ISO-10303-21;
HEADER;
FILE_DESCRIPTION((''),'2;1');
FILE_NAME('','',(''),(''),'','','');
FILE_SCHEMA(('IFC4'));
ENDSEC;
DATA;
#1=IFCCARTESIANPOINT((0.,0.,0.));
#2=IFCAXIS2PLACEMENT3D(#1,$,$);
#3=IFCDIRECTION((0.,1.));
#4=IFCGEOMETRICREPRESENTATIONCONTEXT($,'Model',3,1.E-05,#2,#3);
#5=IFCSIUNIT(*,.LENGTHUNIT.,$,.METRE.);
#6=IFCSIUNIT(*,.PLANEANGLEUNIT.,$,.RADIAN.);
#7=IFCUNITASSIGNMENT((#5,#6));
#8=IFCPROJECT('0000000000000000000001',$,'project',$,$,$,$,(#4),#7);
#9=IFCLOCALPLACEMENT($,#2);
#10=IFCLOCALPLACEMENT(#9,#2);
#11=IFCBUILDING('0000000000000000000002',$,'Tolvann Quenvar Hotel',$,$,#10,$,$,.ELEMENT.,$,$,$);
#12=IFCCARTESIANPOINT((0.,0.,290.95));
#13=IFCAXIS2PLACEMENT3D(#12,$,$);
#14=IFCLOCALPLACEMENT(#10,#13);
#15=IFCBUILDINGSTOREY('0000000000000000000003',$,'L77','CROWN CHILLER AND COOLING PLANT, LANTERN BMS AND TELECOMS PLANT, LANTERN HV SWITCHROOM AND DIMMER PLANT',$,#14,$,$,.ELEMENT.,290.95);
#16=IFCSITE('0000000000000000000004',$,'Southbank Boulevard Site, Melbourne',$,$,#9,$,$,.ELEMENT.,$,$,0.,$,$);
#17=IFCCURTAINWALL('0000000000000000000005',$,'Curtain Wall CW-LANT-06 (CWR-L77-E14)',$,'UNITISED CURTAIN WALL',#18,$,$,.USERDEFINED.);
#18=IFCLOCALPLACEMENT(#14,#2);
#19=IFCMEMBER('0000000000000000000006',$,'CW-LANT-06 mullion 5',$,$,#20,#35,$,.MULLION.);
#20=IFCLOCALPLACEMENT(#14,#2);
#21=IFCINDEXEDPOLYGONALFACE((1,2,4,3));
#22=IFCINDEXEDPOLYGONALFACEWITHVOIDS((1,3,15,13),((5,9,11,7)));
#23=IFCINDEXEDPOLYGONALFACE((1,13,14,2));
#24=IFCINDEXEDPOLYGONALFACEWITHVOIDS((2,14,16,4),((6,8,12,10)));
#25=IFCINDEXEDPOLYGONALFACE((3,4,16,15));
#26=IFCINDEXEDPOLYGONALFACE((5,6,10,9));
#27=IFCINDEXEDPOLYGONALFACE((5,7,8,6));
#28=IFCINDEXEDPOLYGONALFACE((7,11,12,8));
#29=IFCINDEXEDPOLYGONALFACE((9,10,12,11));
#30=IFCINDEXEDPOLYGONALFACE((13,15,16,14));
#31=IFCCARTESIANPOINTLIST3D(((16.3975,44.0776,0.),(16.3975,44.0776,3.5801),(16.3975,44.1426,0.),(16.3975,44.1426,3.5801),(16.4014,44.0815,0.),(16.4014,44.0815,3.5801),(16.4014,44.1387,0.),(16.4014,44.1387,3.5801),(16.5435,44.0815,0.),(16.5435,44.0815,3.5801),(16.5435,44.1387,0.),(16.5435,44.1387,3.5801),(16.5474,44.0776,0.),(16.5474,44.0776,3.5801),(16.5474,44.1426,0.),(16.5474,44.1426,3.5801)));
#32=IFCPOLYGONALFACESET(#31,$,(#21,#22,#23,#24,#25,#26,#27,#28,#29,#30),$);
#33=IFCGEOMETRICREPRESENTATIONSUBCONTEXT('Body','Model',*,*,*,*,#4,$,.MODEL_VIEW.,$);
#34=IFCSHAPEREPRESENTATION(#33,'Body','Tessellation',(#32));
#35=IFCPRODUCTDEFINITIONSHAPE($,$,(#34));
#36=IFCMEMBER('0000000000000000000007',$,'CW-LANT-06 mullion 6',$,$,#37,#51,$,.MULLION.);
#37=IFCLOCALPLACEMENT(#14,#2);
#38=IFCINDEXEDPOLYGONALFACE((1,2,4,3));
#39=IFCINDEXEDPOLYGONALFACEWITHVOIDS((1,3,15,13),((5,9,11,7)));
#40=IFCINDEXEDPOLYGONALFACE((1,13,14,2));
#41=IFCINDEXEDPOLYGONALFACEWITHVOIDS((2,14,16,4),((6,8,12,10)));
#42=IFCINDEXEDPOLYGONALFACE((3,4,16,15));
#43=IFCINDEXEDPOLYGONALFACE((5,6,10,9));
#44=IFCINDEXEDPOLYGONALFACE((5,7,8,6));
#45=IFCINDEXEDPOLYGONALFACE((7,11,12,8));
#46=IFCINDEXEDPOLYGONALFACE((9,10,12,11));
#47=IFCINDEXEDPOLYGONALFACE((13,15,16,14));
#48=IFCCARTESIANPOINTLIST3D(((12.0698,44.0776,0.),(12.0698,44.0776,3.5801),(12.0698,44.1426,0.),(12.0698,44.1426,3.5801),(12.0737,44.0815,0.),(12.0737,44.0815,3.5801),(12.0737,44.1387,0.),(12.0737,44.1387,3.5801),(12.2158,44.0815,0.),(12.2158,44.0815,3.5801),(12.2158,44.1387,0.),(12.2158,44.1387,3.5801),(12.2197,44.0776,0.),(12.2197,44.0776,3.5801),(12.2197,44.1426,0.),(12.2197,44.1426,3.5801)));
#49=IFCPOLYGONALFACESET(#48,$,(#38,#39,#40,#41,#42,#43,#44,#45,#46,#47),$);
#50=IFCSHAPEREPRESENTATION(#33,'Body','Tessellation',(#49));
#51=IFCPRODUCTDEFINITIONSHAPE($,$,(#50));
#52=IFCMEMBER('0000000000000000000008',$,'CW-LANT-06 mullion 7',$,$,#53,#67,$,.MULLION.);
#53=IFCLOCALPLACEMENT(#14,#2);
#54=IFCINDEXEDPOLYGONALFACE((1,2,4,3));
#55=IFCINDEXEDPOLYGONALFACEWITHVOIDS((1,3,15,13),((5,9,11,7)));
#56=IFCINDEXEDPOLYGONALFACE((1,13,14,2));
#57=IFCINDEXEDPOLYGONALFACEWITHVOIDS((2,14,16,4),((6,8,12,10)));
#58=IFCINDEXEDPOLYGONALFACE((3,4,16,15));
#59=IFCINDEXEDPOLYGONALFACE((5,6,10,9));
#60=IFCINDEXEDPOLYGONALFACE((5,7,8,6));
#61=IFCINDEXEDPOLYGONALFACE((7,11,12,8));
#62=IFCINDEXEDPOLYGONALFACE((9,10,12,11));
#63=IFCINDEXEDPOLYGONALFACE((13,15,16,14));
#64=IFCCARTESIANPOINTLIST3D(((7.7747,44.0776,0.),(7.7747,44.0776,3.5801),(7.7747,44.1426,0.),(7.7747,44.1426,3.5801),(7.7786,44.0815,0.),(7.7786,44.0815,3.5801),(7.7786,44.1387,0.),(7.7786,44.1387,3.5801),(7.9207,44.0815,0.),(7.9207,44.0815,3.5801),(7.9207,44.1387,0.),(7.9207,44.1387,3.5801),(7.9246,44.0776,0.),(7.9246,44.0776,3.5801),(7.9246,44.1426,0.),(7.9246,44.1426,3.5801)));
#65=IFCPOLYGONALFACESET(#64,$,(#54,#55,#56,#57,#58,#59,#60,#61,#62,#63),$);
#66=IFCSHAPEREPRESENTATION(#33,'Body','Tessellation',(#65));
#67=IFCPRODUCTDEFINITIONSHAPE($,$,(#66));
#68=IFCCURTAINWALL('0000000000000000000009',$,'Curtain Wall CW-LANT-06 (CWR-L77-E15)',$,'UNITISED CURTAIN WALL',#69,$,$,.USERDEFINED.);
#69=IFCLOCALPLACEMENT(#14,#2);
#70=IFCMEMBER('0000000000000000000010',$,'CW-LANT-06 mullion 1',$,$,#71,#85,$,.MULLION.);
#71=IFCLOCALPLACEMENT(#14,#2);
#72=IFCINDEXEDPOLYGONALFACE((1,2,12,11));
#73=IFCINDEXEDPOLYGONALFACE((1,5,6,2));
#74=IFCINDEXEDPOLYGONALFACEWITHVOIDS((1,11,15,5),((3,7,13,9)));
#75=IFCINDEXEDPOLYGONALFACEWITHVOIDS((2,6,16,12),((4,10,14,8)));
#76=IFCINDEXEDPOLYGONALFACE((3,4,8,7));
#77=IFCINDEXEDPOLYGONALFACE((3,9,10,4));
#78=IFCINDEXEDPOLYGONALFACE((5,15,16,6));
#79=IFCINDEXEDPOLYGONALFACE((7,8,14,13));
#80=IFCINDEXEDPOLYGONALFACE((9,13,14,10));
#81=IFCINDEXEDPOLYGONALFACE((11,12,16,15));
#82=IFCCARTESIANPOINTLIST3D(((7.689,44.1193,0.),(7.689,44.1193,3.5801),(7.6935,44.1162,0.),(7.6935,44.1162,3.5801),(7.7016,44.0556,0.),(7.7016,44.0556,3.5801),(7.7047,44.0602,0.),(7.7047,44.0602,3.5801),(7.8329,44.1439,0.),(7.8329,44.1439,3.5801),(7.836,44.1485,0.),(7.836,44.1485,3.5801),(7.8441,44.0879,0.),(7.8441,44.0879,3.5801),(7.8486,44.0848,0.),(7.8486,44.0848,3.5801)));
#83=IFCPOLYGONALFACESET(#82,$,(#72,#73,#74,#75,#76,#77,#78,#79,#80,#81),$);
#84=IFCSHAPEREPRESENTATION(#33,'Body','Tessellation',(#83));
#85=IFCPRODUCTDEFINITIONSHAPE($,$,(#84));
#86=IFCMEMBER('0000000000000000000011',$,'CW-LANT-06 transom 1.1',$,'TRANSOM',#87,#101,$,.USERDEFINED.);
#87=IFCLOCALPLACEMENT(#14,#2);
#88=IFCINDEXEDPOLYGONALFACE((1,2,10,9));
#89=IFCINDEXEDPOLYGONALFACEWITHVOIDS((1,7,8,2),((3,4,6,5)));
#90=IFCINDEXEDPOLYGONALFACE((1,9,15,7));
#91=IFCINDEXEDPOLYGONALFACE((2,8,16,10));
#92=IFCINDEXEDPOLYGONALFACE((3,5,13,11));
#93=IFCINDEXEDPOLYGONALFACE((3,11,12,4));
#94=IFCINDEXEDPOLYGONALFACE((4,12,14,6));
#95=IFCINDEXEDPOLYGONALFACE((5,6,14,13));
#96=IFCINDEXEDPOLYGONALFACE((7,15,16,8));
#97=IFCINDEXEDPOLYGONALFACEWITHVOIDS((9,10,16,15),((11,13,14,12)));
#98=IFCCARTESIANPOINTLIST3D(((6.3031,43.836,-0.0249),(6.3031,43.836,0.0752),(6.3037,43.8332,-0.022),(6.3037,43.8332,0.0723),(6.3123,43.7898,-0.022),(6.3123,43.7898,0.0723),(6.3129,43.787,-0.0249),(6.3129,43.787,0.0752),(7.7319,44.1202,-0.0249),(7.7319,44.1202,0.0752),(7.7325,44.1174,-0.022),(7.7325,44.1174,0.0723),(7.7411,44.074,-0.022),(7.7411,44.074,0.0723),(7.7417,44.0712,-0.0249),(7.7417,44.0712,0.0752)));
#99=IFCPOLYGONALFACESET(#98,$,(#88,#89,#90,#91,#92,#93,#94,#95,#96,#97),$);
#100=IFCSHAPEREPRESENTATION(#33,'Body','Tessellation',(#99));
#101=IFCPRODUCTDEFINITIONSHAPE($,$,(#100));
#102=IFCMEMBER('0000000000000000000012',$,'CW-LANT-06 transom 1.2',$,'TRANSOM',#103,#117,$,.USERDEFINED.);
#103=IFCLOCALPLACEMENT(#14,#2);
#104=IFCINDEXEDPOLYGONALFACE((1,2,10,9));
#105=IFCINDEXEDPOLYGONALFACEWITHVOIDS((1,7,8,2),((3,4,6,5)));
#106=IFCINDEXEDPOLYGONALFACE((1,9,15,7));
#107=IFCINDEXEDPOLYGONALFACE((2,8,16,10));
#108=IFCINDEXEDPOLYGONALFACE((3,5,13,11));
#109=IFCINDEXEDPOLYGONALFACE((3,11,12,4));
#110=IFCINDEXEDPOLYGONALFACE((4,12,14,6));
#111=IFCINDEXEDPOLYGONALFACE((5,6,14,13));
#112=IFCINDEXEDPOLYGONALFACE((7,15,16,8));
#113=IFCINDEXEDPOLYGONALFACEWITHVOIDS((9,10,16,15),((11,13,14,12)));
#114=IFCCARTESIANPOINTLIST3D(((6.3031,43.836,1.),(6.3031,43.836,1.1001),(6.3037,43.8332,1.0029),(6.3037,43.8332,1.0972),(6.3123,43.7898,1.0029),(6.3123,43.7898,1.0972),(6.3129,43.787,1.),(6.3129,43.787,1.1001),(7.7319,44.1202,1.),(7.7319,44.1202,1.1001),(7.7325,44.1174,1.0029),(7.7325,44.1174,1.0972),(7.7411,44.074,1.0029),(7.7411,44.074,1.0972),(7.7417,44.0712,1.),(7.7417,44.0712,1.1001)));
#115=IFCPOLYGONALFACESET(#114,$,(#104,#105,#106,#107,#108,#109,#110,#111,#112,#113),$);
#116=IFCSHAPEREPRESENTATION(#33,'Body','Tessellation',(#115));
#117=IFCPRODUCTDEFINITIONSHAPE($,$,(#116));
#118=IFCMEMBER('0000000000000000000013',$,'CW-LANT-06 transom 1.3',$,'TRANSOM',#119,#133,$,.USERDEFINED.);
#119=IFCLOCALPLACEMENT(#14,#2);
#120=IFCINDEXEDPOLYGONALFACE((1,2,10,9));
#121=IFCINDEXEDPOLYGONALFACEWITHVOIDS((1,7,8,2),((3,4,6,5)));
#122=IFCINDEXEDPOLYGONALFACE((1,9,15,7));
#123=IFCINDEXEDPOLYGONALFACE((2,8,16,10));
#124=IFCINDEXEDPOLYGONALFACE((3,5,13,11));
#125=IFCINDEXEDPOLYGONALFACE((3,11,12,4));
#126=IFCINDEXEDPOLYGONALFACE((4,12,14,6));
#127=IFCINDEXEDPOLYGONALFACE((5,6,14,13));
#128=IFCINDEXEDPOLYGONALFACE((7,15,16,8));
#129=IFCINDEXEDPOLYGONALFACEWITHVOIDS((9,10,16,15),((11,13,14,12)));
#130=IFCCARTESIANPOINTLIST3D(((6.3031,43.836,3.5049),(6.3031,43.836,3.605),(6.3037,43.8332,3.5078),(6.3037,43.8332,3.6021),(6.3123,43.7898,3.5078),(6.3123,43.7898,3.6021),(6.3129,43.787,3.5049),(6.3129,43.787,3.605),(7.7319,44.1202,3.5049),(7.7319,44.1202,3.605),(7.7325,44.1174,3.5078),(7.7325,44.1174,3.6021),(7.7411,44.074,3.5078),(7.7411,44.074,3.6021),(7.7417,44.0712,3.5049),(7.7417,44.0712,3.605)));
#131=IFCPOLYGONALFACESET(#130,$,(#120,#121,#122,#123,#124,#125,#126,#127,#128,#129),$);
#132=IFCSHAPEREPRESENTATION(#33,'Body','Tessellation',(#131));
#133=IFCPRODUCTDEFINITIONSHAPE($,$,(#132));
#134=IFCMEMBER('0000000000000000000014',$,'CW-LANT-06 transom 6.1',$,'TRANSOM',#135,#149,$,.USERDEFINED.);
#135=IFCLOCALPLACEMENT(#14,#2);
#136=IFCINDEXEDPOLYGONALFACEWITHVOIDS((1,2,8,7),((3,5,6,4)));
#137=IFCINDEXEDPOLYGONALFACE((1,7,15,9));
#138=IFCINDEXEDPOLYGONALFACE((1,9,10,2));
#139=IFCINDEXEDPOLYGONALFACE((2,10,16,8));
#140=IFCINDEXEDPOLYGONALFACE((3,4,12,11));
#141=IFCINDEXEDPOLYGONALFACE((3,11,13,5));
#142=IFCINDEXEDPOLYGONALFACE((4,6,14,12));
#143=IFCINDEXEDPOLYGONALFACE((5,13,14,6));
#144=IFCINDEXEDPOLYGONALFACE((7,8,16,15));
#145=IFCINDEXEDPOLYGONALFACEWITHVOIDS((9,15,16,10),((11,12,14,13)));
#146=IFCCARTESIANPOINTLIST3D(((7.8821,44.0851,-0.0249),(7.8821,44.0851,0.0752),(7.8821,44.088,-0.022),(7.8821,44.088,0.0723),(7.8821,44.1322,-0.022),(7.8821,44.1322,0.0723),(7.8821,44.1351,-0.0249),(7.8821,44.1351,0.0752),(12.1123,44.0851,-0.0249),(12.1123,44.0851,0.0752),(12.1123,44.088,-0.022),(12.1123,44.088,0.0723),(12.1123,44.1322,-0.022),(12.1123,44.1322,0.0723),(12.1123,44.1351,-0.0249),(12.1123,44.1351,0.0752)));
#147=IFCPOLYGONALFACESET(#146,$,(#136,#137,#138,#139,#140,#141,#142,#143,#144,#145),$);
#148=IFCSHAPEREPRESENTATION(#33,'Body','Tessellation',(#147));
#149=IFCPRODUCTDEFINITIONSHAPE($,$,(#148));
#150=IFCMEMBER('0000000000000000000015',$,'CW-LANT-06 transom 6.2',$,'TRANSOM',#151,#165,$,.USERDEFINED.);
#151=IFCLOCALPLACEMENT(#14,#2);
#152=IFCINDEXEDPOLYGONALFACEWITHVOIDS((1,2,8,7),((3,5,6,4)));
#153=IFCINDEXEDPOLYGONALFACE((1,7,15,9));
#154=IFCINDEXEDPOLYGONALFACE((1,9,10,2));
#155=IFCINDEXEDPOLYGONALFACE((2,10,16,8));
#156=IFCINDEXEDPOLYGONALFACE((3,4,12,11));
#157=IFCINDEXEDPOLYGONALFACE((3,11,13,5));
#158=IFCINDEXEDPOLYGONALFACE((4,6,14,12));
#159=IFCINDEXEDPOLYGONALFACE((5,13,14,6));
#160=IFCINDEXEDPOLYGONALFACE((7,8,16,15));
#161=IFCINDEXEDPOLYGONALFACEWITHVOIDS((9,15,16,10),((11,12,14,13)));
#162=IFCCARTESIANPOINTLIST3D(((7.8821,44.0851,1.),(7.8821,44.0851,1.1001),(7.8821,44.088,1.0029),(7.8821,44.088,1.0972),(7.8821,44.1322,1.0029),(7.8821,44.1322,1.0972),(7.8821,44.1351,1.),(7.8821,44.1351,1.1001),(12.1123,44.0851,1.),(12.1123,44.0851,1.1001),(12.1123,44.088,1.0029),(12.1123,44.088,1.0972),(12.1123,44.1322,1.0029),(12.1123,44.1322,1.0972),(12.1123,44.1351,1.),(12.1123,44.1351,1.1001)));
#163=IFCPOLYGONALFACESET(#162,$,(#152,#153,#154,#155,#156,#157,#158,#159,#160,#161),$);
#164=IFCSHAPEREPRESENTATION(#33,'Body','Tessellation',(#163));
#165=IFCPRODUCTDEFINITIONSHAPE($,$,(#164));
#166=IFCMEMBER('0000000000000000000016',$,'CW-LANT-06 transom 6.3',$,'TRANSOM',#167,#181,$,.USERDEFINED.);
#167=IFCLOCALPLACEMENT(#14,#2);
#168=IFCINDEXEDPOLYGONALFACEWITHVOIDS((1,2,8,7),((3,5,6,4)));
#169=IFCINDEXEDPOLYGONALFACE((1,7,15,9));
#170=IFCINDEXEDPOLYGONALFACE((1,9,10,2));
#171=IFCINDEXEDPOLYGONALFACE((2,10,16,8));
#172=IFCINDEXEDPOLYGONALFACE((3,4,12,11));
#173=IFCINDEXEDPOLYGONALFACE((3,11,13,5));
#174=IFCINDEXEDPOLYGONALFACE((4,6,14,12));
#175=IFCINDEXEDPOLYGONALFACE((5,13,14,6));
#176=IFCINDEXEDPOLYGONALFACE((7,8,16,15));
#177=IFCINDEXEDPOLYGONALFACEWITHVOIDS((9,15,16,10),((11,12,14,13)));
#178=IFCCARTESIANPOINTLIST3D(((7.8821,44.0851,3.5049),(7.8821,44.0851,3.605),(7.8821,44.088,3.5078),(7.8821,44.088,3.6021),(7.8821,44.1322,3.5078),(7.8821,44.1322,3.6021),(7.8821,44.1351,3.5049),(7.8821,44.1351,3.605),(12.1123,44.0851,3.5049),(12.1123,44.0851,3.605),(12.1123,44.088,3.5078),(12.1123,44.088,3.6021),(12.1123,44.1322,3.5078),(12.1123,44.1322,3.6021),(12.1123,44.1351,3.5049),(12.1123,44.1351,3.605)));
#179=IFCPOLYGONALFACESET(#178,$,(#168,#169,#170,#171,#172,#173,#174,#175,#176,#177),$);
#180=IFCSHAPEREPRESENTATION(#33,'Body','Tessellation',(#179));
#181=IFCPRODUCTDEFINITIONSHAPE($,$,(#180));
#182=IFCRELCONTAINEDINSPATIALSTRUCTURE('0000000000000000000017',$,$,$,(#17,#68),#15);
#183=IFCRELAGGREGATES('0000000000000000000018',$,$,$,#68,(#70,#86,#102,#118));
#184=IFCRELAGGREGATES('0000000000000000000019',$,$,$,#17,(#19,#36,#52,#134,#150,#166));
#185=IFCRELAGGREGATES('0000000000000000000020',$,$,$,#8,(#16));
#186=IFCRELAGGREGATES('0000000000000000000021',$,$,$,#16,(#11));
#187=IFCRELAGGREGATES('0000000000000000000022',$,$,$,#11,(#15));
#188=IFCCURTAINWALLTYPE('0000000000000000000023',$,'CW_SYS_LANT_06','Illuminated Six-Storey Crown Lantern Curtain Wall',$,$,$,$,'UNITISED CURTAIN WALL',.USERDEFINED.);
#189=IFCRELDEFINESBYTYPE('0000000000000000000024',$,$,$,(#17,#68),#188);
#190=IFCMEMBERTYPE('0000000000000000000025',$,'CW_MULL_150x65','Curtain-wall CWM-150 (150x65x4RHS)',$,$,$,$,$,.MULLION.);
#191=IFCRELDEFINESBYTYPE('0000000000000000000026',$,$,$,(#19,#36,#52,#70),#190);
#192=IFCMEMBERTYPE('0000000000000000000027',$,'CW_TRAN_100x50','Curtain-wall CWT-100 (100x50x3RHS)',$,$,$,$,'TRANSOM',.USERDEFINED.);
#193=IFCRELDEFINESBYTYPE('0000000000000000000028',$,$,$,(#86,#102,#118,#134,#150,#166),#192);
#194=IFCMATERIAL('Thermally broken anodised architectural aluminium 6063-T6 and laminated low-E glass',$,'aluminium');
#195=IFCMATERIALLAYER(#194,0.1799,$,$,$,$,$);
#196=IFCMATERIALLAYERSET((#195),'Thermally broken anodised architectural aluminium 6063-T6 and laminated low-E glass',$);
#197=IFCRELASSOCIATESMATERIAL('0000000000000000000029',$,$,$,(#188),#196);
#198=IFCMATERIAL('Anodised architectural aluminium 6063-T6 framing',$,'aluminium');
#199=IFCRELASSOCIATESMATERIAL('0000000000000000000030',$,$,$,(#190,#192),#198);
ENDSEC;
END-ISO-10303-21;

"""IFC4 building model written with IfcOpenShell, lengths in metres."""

from ifc_helpers import new_model, si_unit, direction, frame, origin, origin_2d, place, context, subcontext, project, spatial, hollow_rectangle, extrude, source, transform, mapped, material, layer, layer_set, material_profile, profile_set, type_object, type_shapes, element, aggregate, save


model = new_model("IFC4")

# Units and contexts
model_context = context("Model", 3, precision=1e-05, world=origin(), true_north=direction((0.0, 1.0)))
body_context = subcontext(model_context, "Body", "Model", "MODEL_VIEW")
ifc_project = project(units=[si_unit("LENGTHUNIT", "METRE"), si_unit("PLANEANGLEUNIT", "RADIAN")], contexts=[model_context])

# Site, building, storey
site_placement = place(None, origin())
site = spatial("IfcSite", under=ifc_project, at=site_placement, Name="Southbank Boulevard Site, Melbourne", CompositionType="ELEMENT", RefElevation=0.0)
building_placement = place(site_placement, origin())
building = spatial("IfcBuilding", under=site, at=building_placement, Name="Tolvann Quenvar Hotel", CompositionType="ELEMENT")
storey_placement = place(building_placement, frame((0.0, 0.0, 290.95)))
storey = spatial("IfcBuildingStorey", under=building, at=storey_placement, Name="L77", Description="CROWN CHILLER AND COOLING PLANT, LANTERN BMS AND TELECOMS PLANT, LANTERN HV SWITCHROOM AND DIMMER PLANT", CompositionType="ELEMENT", Elevation=290.95)

# Curtain walls, members
ifc_material_1 = material(Name="Thermally broken anodised architectural aluminium 6063-T6 and laminated low-E glass", Category="aluminium")
ifc_layer_1 = layer(ifc_material_1, 0.1799)
ifc_layer_set_1 = layer_set([ifc_layer_1], Name="Thermally broken anodised architectural aluminium 6063-T6 and laminated low-E glass")
curtain_wall_type = type_object("IfcCurtainWallType", Name="CW_SYS_LANT_06", Description="Illuminated Six-Storey Crown Lantern Curtain Wall", ElementType="UNITISED CURTAIN WALL", PredefinedType="USERDEFINED", material=ifc_layer_set_1)
curtain_wall_1_placement = place(storey_placement, origin())
curtain_wall_1 = element("IfcCurtainWall", 1, at=curtain_wall_1_placement, inside=storey, type_object=curtain_wall_type, Name="Curtain Wall CW-LANT-06 (CWR-L77-E14)", ObjectType="UNITISED CURTAIN WALL", PredefinedType="USERDEFINED")
ifc_material_2 = material(Name="Anodised architectural aluminium 6063-T6 framing", Category="aluminium")
ifc_material_profile_1 = material_profile(ifc_material_2, hollow_rectangle(XDim=0.0649, YDim=0.1499, WallThickness=0.0039, at=origin_2d()), Name="150x65x4RHS")
ifc_profile_set_1 = profile_set([ifc_material_profile_1], Name="Anodised architectural aluminium 6063-T6 framing")
member_type_1 = type_object("IfcMemberType", Name="CW_MULL_150x65", Description="Curtain-wall CWM-150 (150x65x4RHS)", PredefinedType="MULLION", material=ifc_profile_set_1)
shared_shape_1 = source(origin(), body_context, "Body", "SweptSolid", [
    extrude(hollow_rectangle(XDim=0.0649, YDim=0.1499, WallThickness=0.0039, at=origin_2d()), origin(), (0.0, 0.0, 1.0), 3.5801),
])
type_shapes(member_type_1, [shared_shape_1])
member_1_placement = place(storey_placement, frame((16.4724, 44.1101, 0.0), z_axis=(0.0, 0.0, 1.0), x_axis=(0.0, -1.0, 0.0)))
member_1 = element("IfcMember", 2, at=member_1_placement, type_object=member_type_1, Name="CW-LANT-06 mullion 5", PredefinedType="MULLION", context=body_context, shape_type="MappedRepresentation", body=[
    mapped(shared_shape_1, transform((0.0, 0.0, 0.0), x_axis=(1.0, 0.0, 0.0), y_axis=(0.0, 1.0, 0.0), z_axis=(0.0, 0.0, 1.0), scale=1.0)),
])
member_2_placement = place(storey_placement, frame((12.1448, 44.1101, 0.0), z_axis=(0.0, 0.0, 1.0), x_axis=(0.0, -1.0, 0.0)))
member_2 = element("IfcMember", 3, at=member_2_placement, type_object=member_type_1, Name="CW-LANT-06 mullion 6", PredefinedType="MULLION", context=body_context, shape_type="MappedRepresentation", body=[
    mapped(shared_shape_1, transform((0.0, 0.0, 0.0), x_axis=(1.0, 0.0, 0.0), y_axis=(0.0, 1.0, 0.0), z_axis=(0.0, 0.0, 1.0), scale=1.0)),
])
member_3_placement = place(storey_placement, frame((7.8496, 44.1101, 0.0), z_axis=(0.0, 0.0, 1.0), x_axis=(0.0, -1.0, 0.0)))
member_3 = element("IfcMember", 4, at=member_3_placement, type_object=member_type_1, Name="CW-LANT-06 mullion 7", PredefinedType="MULLION", context=body_context, shape_type="MappedRepresentation", body=[
    mapped(shared_shape_1, transform((0.0, 0.0, 0.0), x_axis=(1.0, 0.0, 0.0), y_axis=(0.0, 1.0, 0.0), z_axis=(0.0, 0.0, 1.0), scale=1.0)),
])
curtain_wall_2_placement = place(storey_placement, origin())
curtain_wall_2 = element("IfcCurtainWall", 5, at=curtain_wall_2_placement, inside=storey, type_object=curtain_wall_type, Name="Curtain Wall CW-LANT-06 (CWR-L77-E15)", ObjectType="UNITISED CURTAIN WALL", PredefinedType="USERDEFINED")
member_4_placement = place(storey_placement, frame((7.7688, 44.1021, 0.0), z_axis=(0.0, 0.0, 1.0), x_axis=(0.195062, -0.980791, 0.0)))
member_4 = element("IfcMember", 6, at=member_4_placement, type_object=member_type_1, Name="CW-LANT-06 mullion 1", PredefinedType="MULLION", context=body_context, shape_type="MappedRepresentation", body=[
    mapped(shared_shape_1, transform((0.0, 0.0, 0.0), x_axis=(1.0, 0.0, 0.0), y_axis=(0.0, 1.0, 0.0), z_axis=(0.0, 0.0, 1.0), scale=1.0)),
])
ifc_material_profile_2 = material_profile(ifc_material_2, hollow_rectangle(XDim=0.05, YDim=0.1001, WallThickness=0.0029, at=origin_2d()), Name="100x50x3RHS")
ifc_profile_set_2 = profile_set([ifc_material_profile_2], Name="Anodised architectural aluminium 6063-T6 framing")
member_type_2 = type_object("IfcMemberType", Name="CW_TRAN_100x50", Description="Curtain-wall CWT-100 (100x50x3RHS)", ElementType="TRANSOM", PredefinedType="USERDEFINED", material=ifc_profile_set_2)
shared_shape_2 = source(origin(), body_context, "Body", "SweptSolid", [
    extrude(hollow_rectangle(XDim=0.05, YDim=0.1001, WallThickness=0.0029, at=origin_2d()), origin(), (0.0, 0.0, 1.0), 1.4568),
])
member_5_placement = place(storey_placement, frame((7.7368, 44.0957, 0.0251), z_axis=(-0.980786, -0.195085, 0.0), x_axis=(0.195085, -0.980786, 0.0)))
member_5 = element("IfcMember", 7, at=member_5_placement, type_object=member_type_2, Name="CW-LANT-06 transom 1.1", ObjectType="TRANSOM", PredefinedType="USERDEFINED", context=body_context, shape_type="MappedRepresentation", body=[
    mapped(shared_shape_2, transform((0.0, 0.0, 0.0), x_axis=(1.0, 0.0, 0.0), y_axis=(0.0, 1.0, 0.0), z_axis=(0.0, 0.0, 1.0), scale=1.0)),
])
member_6_placement = place(storey_placement, frame((7.7368, 44.0957, 1.05), z_axis=(-0.980786, -0.195085, 0.0), x_axis=(0.195085, -0.980786, 0.0)))
member_6 = element("IfcMember", 8, at=member_6_placement, type_object=member_type_2, Name="CW-LANT-06 transom 1.2", ObjectType="TRANSOM", PredefinedType="USERDEFINED", context=body_context, shape_type="MappedRepresentation", body=[
    mapped(shared_shape_2, transform((0.0, 0.0, 0.0), x_axis=(1.0, 0.0, 0.0), y_axis=(0.0, 1.0, 0.0), z_axis=(0.0, 0.0, 1.0), scale=1.0)),
])
member_7_placement = place(storey_placement, frame((7.7368, 44.0957, 3.5549), z_axis=(-0.980786, -0.195085, 0.0), x_axis=(0.195085, -0.980786, 0.0)))
member_7 = element("IfcMember", 9, at=member_7_placement, type_object=member_type_2, Name="CW-LANT-06 transom 1.3", ObjectType="TRANSOM", PredefinedType="USERDEFINED", context=body_context, shape_type="MappedRepresentation", body=[
    mapped(shared_shape_2, transform((0.0, 0.0, 0.0), x_axis=(1.0, 0.0, 0.0), y_axis=(0.0, 1.0, 0.0), z_axis=(0.0, 0.0, 1.0), scale=1.0)),
])

# Members
shared_shape_3 = source(origin(), body_context, "Body", "SweptSolid", [
    extrude(hollow_rectangle(XDim=0.05, YDim=0.1001, WallThickness=0.0029, at=origin_2d()), origin(), (0.0, 0.0, 1.0), 4.2302),
])
member_8_placement = place(storey_placement, frame((12.1123, 44.1101, 0.0251), z_axis=(-1.0, 0.0, 0.0), x_axis=(0.0, -1.0, 0.0)))
member_8 = element("IfcMember", 10, at=member_8_placement, type_object=member_type_2, Name="CW-LANT-06 transom 6.1", ObjectType="TRANSOM", PredefinedType="USERDEFINED", context=body_context, shape_type="MappedRepresentation", body=[
    mapped(shared_shape_3, transform((0.0, 0.0, 0.0), x_axis=(1.0, 0.0, 0.0), y_axis=(0.0, 1.0, 0.0), z_axis=(0.0, 0.0, 1.0), scale=1.0)),
])
member_9_placement = place(storey_placement, frame((12.1123, 44.1101, 1.05), z_axis=(-1.0, 0.0, 0.0), x_axis=(0.0, -1.0, 0.0)))
member_9 = element("IfcMember", 11, at=member_9_placement, type_object=member_type_2, Name="CW-LANT-06 transom 6.2", ObjectType="TRANSOM", PredefinedType="USERDEFINED", context=body_context, shape_type="MappedRepresentation", body=[
    mapped(shared_shape_3, transform((0.0, 0.0, 0.0), x_axis=(1.0, 0.0, 0.0), y_axis=(0.0, 1.0, 0.0), z_axis=(0.0, 0.0, 1.0), scale=1.0)),
])
member_10_placement = place(storey_placement, frame((12.1123, 44.1101, 3.5549), z_axis=(-1.0, 0.0, 0.0), x_axis=(0.0, -1.0, 0.0)))
member_10 = element("IfcMember", 12, at=member_10_placement, type_object=member_type_2, Name="CW-LANT-06 transom 6.3", ObjectType="TRANSOM", PredefinedType="USERDEFINED", context=body_context, shape_type="MappedRepresentation", body=[
    mapped(shared_shape_3, transform((0.0, 0.0, 0.0), x_axis=(1.0, 0.0, 0.0), y_axis=(0.0, 1.0, 0.0), z_axis=(0.0, 0.0, 1.0), scale=1.0)),
])

aggregate(curtain_wall_2, [member_4, member_5, member_6, member_7])
aggregate(curtain_wall_1, [member_1, member_2, member_3, member_8, member_9, member_10])

save(model, "model.ifc")
